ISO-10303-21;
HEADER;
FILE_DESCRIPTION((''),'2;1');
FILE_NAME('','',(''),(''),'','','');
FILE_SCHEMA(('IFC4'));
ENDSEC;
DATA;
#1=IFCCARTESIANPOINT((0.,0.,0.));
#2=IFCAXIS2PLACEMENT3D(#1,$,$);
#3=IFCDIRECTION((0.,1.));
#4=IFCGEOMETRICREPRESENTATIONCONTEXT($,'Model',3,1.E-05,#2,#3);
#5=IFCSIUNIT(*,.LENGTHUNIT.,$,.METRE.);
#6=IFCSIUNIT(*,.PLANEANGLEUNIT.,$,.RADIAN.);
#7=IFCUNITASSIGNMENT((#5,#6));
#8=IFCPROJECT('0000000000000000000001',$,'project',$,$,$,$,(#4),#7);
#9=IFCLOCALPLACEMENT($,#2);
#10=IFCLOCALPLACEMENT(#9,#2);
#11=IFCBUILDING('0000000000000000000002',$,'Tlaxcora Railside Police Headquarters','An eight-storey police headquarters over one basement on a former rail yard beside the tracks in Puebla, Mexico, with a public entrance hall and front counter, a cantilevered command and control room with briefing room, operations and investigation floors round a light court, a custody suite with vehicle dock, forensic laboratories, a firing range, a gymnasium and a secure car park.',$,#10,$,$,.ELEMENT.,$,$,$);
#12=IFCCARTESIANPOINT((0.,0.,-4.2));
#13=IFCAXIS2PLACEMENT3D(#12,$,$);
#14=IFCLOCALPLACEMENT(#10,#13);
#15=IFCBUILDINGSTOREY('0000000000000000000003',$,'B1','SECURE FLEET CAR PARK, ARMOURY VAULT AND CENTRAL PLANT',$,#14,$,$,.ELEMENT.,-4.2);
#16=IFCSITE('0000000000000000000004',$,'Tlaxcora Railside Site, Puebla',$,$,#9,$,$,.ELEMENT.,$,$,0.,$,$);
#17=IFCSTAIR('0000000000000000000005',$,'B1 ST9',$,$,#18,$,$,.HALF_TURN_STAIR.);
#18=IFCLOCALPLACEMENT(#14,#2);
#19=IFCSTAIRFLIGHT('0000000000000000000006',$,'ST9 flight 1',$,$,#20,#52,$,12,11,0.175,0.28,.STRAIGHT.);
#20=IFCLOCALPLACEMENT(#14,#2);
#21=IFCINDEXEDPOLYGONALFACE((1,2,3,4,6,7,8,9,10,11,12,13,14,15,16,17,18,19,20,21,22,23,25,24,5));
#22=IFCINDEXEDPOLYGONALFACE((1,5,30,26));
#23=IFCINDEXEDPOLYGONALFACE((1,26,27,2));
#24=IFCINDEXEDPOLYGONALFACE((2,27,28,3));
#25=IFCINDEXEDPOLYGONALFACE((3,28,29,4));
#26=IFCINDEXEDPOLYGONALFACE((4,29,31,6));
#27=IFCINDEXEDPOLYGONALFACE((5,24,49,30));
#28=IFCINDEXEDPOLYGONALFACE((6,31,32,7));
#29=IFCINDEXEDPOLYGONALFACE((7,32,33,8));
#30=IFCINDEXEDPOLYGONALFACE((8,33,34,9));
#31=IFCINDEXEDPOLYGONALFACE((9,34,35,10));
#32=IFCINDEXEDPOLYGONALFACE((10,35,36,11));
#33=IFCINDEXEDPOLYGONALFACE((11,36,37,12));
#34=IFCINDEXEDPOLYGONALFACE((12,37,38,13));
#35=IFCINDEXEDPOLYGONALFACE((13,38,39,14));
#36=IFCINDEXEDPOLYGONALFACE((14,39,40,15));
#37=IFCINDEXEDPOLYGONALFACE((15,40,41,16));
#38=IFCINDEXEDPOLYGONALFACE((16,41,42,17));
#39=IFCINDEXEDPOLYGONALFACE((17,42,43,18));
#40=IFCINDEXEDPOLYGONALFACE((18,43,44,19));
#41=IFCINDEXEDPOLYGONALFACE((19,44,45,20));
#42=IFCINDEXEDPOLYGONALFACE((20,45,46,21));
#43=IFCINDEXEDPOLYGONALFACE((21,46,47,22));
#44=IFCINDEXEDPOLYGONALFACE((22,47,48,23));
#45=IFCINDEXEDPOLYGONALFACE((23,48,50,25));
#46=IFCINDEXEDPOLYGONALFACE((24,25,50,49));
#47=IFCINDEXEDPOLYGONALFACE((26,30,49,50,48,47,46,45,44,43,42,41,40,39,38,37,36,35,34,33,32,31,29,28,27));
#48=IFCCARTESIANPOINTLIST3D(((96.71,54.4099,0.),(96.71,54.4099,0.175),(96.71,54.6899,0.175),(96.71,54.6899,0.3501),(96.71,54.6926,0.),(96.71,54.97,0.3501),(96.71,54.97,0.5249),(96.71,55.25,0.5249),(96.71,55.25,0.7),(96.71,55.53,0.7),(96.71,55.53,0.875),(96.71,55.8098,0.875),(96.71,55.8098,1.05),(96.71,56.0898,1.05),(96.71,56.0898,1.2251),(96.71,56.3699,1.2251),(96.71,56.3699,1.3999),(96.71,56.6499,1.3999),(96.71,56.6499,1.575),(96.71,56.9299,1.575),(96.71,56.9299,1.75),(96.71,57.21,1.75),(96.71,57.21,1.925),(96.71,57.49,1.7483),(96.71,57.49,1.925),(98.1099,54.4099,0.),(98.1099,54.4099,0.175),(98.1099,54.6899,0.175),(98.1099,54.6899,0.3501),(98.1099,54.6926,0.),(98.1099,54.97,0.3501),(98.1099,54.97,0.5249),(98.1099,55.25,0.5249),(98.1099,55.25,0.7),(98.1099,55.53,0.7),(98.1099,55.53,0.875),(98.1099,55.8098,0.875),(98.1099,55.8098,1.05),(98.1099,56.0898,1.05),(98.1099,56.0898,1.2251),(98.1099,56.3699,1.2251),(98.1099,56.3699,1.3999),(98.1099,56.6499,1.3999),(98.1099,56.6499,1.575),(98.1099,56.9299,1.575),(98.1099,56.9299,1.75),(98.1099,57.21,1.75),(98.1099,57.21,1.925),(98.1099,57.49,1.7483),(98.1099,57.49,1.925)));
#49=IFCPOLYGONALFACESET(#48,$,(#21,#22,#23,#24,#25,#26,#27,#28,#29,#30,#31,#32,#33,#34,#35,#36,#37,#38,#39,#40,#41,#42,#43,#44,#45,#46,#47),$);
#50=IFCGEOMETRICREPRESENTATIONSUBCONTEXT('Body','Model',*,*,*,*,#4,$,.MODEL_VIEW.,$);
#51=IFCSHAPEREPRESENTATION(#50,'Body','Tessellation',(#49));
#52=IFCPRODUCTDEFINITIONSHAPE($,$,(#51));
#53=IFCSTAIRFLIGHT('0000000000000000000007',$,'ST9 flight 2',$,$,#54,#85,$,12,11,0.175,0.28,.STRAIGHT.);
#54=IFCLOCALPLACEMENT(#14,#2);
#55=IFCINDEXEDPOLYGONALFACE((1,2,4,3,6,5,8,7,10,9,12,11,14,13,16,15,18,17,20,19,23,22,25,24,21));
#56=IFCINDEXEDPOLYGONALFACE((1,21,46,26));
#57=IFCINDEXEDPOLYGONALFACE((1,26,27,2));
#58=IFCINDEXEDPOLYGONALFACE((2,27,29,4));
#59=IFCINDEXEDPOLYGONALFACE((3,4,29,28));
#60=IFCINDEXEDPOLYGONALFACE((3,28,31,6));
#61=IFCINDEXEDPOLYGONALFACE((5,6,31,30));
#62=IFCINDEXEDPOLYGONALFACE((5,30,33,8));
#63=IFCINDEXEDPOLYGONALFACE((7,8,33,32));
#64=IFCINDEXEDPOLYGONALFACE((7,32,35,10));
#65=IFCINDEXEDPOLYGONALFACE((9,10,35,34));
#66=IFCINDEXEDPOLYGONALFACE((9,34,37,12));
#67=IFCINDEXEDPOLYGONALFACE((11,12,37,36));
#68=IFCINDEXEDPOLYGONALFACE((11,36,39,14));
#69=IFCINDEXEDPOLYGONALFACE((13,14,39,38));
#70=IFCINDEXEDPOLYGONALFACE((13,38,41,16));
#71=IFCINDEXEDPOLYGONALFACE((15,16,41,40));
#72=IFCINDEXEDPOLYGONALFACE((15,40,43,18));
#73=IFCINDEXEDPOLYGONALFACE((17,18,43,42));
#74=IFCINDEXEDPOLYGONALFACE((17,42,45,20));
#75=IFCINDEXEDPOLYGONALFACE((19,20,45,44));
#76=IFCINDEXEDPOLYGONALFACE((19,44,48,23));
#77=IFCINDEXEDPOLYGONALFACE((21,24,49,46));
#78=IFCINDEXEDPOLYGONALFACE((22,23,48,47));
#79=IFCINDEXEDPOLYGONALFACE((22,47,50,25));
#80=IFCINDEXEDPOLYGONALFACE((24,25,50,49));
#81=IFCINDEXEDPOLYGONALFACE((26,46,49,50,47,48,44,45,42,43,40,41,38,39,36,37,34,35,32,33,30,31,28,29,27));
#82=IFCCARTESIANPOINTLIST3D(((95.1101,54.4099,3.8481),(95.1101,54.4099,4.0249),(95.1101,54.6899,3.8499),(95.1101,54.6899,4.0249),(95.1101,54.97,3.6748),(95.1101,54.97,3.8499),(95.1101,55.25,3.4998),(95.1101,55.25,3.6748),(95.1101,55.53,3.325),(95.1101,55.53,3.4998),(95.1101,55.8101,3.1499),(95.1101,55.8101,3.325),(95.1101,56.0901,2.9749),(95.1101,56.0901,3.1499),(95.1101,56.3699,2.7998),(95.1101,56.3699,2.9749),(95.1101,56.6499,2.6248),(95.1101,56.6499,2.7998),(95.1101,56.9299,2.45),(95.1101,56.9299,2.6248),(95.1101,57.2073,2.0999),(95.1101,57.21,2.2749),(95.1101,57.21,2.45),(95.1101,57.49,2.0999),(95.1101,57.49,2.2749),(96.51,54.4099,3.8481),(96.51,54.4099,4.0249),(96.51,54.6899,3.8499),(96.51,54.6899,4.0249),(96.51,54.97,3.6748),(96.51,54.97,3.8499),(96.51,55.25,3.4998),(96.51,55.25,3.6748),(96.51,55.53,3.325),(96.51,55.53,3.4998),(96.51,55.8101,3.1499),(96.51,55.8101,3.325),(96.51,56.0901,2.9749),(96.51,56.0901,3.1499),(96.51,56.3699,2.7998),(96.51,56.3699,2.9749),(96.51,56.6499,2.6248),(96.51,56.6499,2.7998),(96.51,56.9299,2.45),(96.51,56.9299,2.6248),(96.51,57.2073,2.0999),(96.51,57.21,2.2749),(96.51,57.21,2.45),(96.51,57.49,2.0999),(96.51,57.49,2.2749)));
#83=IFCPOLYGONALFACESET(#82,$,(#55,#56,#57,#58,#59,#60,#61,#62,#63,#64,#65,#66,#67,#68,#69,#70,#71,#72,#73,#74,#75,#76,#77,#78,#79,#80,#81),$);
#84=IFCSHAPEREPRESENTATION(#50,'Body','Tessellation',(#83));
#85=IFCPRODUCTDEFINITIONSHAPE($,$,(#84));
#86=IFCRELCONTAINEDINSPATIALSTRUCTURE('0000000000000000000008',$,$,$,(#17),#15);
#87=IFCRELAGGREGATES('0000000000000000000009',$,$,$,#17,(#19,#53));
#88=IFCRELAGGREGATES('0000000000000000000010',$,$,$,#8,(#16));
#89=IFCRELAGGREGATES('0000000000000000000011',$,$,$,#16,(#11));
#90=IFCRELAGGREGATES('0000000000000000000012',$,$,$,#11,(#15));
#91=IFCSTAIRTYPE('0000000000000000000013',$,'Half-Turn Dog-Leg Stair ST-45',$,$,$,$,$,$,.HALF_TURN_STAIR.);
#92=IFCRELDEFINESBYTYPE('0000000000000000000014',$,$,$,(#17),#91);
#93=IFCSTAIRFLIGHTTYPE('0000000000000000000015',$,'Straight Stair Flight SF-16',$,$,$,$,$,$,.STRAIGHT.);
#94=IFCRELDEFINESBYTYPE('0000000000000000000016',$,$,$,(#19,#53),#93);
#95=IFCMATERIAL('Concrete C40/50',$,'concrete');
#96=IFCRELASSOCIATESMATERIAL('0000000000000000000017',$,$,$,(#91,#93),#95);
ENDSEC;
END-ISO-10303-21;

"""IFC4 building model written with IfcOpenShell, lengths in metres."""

from ifc_helpers import new_model, si_unit, direction, frame, origin, place, context, subcontext, project, spatial, polyline, outline, extrude, material, type_object, element, aggregate, save


model = new_model("IFC4")

# Units and contexts
model_context = context("Model", 3, precision=1e-05, world=origin(), true_north=direction((0.0, 1.0)))
body_context = subcontext(model_context, "Body", "Model", "MODEL_VIEW")
ifc_project = project(units=[si_unit("LENGTHUNIT", "METRE"), si_unit("PLANEANGLEUNIT", "RADIAN")], contexts=[model_context])

# Site, building, storey
site_placement = place(None, origin())
site = spatial("IfcSite", under=ifc_project, at=site_placement, Name="Tlaxcora Railside Site, Puebla", CompositionType="ELEMENT", RefElevation=0.0)
building_placement = place(site_placement, origin())
building = spatial("IfcBuilding", under=site, at=building_placement, Name="Tlaxcora Railside Police Headquarters", Description="An eight-storey police headquarters over one basement on a former rail yard beside the tracks in Puebla, Mexico, with a public entrance hall and front counter, a cantilevered command and control room with briefing room, operations and investigation floors round a light court, a custody suite with vehicle dock, forensic laboratories, a firing range, a gymnasium and a secure car park.", CompositionType="ELEMENT")
storey_placement = place(building_placement, frame((0.0, 0.0, -4.2)))
storey = spatial("IfcBuildingStorey", under=building, at=storey_placement, Name="B1", Description="SECURE FLEET CAR PARK, ARMOURY VAULT AND CENTRAL PLANT", CompositionType="ELEMENT", Elevation=-4.2)

# Shared definitions
ifc_material_1 = material(Name="Concrete C40/50", Category="concrete")

# Stair, stair flights
stair_type = type_object("IfcStairType", Name="Half-Turn Dog-Leg Stair ST-45", PredefinedType="HALF_TURN_STAIR", material=ifc_material_1)
stair_placement = place(storey_placement, origin())
stair = element("IfcStair", 1, at=stair_placement, inside=storey, type_object=stair_type, Name="B1 ST9", PredefinedType="HALF_TURN_STAIR")
stair_flight_type = type_object("IfcStairFlightType", Name="Straight Stair Flight SF-16", PredefinedType="STRAIGHT", material=ifc_material_1)
stair_flight_1_placement = place(storey_placement, frame((97.4099, 54.4099, 0.0), z_axis=(0.0, 0.0, 1.0), x_axis=(0.0, 1.0, 0.0)))
stair_flight_1 = element("IfcStairFlight", 2, at=stair_flight_1_placement, type_object=stair_flight_type, Name="ST9 flight 1", NumberOfRisers=12, NumberOfTreads=11, PredefinedType="STRAIGHT", RiserHeight=0.175, TreadLength=0.28, context=body_context, shape_type="SweptSolid", body=[
    extrude(outline(polyline([(0.0, 0.0), (0.0, 0.175), (0.28, 0.175), (0.28, 0.3501), (0.5601, 0.3501), (0.5601, 0.5249), (0.8401, 0.5249), (0.8401, 0.7), (1.1201, 0.7), (1.1201, 0.875), (1.3999, 0.875), (1.3999, 1.05), (1.6799, 1.05), (1.6799, 1.2251), (1.96, 1.2251), (1.96, 1.3999), (2.24, 1.3999), (2.24, 1.575), (2.52, 1.575), (2.52, 1.75), (2.8, 1.75), (2.8, 1.925), (3.0801, 1.925), (3.0801, 2.1001), (3.0801, 1.7483), (0.2827, 0.0), (0.0, 0.0)])), frame((0.0, 0.7, 0.0), z_axis=(0.0, -1.0, 0.0), x_axis=(1.0, 0.0, 0.0)), (0.0, 0.0, 1.0), 1.3999),
])
stair_flight_2_placement = place(storey_placement, frame((95.8101, 57.49, 2.0999), z_axis=(0.0, 0.0, 1.0), x_axis=(0.0, -1.0, 0.0)))
stair_flight_2 = element("IfcStairFlight", 3, at=stair_flight_2_placement, type_object=stair_flight_type, Name="ST9 flight 2", NumberOfRisers=12, NumberOfTreads=11, PredefinedType="STRAIGHT", RiserHeight=0.175, TreadLength=0.28, context=body_context, shape_type="SweptSolid", body=[
    extrude(outline(polyline([(0.0, 0.0), (0.0, 0.175), (0.28, 0.175), (0.28, 0.3501), (0.5601, 0.3501), (0.5601, 0.5249), (0.8401, 0.5249), (0.8401, 0.7), (1.1201, 0.7), (1.1201, 0.875), (1.3999, 0.875), (1.3999, 1.05), (1.6799, 1.05), (1.6799, 1.2251), (1.96, 1.2251), (1.96, 1.3999), (2.24, 1.3999), (2.24, 1.575), (2.52, 1.575), (2.52, 1.75), (2.8, 1.75), (2.8, 1.925), (3.0801, 1.925), (3.0801, 2.1001), (3.0801, 1.7483), (0.2827, 0.0), (0.0, 0.0)])), frame((0.0, 0.7, 0.0), z_axis=(0.0, -1.0, 0.0), x_axis=(1.0, 0.0, 0.0)), (0.0, 0.0, 1.0), 1.3999),
])
aggregate(stair, [stair_flight_1, stair_flight_2])

save(model, "model.ifc")
